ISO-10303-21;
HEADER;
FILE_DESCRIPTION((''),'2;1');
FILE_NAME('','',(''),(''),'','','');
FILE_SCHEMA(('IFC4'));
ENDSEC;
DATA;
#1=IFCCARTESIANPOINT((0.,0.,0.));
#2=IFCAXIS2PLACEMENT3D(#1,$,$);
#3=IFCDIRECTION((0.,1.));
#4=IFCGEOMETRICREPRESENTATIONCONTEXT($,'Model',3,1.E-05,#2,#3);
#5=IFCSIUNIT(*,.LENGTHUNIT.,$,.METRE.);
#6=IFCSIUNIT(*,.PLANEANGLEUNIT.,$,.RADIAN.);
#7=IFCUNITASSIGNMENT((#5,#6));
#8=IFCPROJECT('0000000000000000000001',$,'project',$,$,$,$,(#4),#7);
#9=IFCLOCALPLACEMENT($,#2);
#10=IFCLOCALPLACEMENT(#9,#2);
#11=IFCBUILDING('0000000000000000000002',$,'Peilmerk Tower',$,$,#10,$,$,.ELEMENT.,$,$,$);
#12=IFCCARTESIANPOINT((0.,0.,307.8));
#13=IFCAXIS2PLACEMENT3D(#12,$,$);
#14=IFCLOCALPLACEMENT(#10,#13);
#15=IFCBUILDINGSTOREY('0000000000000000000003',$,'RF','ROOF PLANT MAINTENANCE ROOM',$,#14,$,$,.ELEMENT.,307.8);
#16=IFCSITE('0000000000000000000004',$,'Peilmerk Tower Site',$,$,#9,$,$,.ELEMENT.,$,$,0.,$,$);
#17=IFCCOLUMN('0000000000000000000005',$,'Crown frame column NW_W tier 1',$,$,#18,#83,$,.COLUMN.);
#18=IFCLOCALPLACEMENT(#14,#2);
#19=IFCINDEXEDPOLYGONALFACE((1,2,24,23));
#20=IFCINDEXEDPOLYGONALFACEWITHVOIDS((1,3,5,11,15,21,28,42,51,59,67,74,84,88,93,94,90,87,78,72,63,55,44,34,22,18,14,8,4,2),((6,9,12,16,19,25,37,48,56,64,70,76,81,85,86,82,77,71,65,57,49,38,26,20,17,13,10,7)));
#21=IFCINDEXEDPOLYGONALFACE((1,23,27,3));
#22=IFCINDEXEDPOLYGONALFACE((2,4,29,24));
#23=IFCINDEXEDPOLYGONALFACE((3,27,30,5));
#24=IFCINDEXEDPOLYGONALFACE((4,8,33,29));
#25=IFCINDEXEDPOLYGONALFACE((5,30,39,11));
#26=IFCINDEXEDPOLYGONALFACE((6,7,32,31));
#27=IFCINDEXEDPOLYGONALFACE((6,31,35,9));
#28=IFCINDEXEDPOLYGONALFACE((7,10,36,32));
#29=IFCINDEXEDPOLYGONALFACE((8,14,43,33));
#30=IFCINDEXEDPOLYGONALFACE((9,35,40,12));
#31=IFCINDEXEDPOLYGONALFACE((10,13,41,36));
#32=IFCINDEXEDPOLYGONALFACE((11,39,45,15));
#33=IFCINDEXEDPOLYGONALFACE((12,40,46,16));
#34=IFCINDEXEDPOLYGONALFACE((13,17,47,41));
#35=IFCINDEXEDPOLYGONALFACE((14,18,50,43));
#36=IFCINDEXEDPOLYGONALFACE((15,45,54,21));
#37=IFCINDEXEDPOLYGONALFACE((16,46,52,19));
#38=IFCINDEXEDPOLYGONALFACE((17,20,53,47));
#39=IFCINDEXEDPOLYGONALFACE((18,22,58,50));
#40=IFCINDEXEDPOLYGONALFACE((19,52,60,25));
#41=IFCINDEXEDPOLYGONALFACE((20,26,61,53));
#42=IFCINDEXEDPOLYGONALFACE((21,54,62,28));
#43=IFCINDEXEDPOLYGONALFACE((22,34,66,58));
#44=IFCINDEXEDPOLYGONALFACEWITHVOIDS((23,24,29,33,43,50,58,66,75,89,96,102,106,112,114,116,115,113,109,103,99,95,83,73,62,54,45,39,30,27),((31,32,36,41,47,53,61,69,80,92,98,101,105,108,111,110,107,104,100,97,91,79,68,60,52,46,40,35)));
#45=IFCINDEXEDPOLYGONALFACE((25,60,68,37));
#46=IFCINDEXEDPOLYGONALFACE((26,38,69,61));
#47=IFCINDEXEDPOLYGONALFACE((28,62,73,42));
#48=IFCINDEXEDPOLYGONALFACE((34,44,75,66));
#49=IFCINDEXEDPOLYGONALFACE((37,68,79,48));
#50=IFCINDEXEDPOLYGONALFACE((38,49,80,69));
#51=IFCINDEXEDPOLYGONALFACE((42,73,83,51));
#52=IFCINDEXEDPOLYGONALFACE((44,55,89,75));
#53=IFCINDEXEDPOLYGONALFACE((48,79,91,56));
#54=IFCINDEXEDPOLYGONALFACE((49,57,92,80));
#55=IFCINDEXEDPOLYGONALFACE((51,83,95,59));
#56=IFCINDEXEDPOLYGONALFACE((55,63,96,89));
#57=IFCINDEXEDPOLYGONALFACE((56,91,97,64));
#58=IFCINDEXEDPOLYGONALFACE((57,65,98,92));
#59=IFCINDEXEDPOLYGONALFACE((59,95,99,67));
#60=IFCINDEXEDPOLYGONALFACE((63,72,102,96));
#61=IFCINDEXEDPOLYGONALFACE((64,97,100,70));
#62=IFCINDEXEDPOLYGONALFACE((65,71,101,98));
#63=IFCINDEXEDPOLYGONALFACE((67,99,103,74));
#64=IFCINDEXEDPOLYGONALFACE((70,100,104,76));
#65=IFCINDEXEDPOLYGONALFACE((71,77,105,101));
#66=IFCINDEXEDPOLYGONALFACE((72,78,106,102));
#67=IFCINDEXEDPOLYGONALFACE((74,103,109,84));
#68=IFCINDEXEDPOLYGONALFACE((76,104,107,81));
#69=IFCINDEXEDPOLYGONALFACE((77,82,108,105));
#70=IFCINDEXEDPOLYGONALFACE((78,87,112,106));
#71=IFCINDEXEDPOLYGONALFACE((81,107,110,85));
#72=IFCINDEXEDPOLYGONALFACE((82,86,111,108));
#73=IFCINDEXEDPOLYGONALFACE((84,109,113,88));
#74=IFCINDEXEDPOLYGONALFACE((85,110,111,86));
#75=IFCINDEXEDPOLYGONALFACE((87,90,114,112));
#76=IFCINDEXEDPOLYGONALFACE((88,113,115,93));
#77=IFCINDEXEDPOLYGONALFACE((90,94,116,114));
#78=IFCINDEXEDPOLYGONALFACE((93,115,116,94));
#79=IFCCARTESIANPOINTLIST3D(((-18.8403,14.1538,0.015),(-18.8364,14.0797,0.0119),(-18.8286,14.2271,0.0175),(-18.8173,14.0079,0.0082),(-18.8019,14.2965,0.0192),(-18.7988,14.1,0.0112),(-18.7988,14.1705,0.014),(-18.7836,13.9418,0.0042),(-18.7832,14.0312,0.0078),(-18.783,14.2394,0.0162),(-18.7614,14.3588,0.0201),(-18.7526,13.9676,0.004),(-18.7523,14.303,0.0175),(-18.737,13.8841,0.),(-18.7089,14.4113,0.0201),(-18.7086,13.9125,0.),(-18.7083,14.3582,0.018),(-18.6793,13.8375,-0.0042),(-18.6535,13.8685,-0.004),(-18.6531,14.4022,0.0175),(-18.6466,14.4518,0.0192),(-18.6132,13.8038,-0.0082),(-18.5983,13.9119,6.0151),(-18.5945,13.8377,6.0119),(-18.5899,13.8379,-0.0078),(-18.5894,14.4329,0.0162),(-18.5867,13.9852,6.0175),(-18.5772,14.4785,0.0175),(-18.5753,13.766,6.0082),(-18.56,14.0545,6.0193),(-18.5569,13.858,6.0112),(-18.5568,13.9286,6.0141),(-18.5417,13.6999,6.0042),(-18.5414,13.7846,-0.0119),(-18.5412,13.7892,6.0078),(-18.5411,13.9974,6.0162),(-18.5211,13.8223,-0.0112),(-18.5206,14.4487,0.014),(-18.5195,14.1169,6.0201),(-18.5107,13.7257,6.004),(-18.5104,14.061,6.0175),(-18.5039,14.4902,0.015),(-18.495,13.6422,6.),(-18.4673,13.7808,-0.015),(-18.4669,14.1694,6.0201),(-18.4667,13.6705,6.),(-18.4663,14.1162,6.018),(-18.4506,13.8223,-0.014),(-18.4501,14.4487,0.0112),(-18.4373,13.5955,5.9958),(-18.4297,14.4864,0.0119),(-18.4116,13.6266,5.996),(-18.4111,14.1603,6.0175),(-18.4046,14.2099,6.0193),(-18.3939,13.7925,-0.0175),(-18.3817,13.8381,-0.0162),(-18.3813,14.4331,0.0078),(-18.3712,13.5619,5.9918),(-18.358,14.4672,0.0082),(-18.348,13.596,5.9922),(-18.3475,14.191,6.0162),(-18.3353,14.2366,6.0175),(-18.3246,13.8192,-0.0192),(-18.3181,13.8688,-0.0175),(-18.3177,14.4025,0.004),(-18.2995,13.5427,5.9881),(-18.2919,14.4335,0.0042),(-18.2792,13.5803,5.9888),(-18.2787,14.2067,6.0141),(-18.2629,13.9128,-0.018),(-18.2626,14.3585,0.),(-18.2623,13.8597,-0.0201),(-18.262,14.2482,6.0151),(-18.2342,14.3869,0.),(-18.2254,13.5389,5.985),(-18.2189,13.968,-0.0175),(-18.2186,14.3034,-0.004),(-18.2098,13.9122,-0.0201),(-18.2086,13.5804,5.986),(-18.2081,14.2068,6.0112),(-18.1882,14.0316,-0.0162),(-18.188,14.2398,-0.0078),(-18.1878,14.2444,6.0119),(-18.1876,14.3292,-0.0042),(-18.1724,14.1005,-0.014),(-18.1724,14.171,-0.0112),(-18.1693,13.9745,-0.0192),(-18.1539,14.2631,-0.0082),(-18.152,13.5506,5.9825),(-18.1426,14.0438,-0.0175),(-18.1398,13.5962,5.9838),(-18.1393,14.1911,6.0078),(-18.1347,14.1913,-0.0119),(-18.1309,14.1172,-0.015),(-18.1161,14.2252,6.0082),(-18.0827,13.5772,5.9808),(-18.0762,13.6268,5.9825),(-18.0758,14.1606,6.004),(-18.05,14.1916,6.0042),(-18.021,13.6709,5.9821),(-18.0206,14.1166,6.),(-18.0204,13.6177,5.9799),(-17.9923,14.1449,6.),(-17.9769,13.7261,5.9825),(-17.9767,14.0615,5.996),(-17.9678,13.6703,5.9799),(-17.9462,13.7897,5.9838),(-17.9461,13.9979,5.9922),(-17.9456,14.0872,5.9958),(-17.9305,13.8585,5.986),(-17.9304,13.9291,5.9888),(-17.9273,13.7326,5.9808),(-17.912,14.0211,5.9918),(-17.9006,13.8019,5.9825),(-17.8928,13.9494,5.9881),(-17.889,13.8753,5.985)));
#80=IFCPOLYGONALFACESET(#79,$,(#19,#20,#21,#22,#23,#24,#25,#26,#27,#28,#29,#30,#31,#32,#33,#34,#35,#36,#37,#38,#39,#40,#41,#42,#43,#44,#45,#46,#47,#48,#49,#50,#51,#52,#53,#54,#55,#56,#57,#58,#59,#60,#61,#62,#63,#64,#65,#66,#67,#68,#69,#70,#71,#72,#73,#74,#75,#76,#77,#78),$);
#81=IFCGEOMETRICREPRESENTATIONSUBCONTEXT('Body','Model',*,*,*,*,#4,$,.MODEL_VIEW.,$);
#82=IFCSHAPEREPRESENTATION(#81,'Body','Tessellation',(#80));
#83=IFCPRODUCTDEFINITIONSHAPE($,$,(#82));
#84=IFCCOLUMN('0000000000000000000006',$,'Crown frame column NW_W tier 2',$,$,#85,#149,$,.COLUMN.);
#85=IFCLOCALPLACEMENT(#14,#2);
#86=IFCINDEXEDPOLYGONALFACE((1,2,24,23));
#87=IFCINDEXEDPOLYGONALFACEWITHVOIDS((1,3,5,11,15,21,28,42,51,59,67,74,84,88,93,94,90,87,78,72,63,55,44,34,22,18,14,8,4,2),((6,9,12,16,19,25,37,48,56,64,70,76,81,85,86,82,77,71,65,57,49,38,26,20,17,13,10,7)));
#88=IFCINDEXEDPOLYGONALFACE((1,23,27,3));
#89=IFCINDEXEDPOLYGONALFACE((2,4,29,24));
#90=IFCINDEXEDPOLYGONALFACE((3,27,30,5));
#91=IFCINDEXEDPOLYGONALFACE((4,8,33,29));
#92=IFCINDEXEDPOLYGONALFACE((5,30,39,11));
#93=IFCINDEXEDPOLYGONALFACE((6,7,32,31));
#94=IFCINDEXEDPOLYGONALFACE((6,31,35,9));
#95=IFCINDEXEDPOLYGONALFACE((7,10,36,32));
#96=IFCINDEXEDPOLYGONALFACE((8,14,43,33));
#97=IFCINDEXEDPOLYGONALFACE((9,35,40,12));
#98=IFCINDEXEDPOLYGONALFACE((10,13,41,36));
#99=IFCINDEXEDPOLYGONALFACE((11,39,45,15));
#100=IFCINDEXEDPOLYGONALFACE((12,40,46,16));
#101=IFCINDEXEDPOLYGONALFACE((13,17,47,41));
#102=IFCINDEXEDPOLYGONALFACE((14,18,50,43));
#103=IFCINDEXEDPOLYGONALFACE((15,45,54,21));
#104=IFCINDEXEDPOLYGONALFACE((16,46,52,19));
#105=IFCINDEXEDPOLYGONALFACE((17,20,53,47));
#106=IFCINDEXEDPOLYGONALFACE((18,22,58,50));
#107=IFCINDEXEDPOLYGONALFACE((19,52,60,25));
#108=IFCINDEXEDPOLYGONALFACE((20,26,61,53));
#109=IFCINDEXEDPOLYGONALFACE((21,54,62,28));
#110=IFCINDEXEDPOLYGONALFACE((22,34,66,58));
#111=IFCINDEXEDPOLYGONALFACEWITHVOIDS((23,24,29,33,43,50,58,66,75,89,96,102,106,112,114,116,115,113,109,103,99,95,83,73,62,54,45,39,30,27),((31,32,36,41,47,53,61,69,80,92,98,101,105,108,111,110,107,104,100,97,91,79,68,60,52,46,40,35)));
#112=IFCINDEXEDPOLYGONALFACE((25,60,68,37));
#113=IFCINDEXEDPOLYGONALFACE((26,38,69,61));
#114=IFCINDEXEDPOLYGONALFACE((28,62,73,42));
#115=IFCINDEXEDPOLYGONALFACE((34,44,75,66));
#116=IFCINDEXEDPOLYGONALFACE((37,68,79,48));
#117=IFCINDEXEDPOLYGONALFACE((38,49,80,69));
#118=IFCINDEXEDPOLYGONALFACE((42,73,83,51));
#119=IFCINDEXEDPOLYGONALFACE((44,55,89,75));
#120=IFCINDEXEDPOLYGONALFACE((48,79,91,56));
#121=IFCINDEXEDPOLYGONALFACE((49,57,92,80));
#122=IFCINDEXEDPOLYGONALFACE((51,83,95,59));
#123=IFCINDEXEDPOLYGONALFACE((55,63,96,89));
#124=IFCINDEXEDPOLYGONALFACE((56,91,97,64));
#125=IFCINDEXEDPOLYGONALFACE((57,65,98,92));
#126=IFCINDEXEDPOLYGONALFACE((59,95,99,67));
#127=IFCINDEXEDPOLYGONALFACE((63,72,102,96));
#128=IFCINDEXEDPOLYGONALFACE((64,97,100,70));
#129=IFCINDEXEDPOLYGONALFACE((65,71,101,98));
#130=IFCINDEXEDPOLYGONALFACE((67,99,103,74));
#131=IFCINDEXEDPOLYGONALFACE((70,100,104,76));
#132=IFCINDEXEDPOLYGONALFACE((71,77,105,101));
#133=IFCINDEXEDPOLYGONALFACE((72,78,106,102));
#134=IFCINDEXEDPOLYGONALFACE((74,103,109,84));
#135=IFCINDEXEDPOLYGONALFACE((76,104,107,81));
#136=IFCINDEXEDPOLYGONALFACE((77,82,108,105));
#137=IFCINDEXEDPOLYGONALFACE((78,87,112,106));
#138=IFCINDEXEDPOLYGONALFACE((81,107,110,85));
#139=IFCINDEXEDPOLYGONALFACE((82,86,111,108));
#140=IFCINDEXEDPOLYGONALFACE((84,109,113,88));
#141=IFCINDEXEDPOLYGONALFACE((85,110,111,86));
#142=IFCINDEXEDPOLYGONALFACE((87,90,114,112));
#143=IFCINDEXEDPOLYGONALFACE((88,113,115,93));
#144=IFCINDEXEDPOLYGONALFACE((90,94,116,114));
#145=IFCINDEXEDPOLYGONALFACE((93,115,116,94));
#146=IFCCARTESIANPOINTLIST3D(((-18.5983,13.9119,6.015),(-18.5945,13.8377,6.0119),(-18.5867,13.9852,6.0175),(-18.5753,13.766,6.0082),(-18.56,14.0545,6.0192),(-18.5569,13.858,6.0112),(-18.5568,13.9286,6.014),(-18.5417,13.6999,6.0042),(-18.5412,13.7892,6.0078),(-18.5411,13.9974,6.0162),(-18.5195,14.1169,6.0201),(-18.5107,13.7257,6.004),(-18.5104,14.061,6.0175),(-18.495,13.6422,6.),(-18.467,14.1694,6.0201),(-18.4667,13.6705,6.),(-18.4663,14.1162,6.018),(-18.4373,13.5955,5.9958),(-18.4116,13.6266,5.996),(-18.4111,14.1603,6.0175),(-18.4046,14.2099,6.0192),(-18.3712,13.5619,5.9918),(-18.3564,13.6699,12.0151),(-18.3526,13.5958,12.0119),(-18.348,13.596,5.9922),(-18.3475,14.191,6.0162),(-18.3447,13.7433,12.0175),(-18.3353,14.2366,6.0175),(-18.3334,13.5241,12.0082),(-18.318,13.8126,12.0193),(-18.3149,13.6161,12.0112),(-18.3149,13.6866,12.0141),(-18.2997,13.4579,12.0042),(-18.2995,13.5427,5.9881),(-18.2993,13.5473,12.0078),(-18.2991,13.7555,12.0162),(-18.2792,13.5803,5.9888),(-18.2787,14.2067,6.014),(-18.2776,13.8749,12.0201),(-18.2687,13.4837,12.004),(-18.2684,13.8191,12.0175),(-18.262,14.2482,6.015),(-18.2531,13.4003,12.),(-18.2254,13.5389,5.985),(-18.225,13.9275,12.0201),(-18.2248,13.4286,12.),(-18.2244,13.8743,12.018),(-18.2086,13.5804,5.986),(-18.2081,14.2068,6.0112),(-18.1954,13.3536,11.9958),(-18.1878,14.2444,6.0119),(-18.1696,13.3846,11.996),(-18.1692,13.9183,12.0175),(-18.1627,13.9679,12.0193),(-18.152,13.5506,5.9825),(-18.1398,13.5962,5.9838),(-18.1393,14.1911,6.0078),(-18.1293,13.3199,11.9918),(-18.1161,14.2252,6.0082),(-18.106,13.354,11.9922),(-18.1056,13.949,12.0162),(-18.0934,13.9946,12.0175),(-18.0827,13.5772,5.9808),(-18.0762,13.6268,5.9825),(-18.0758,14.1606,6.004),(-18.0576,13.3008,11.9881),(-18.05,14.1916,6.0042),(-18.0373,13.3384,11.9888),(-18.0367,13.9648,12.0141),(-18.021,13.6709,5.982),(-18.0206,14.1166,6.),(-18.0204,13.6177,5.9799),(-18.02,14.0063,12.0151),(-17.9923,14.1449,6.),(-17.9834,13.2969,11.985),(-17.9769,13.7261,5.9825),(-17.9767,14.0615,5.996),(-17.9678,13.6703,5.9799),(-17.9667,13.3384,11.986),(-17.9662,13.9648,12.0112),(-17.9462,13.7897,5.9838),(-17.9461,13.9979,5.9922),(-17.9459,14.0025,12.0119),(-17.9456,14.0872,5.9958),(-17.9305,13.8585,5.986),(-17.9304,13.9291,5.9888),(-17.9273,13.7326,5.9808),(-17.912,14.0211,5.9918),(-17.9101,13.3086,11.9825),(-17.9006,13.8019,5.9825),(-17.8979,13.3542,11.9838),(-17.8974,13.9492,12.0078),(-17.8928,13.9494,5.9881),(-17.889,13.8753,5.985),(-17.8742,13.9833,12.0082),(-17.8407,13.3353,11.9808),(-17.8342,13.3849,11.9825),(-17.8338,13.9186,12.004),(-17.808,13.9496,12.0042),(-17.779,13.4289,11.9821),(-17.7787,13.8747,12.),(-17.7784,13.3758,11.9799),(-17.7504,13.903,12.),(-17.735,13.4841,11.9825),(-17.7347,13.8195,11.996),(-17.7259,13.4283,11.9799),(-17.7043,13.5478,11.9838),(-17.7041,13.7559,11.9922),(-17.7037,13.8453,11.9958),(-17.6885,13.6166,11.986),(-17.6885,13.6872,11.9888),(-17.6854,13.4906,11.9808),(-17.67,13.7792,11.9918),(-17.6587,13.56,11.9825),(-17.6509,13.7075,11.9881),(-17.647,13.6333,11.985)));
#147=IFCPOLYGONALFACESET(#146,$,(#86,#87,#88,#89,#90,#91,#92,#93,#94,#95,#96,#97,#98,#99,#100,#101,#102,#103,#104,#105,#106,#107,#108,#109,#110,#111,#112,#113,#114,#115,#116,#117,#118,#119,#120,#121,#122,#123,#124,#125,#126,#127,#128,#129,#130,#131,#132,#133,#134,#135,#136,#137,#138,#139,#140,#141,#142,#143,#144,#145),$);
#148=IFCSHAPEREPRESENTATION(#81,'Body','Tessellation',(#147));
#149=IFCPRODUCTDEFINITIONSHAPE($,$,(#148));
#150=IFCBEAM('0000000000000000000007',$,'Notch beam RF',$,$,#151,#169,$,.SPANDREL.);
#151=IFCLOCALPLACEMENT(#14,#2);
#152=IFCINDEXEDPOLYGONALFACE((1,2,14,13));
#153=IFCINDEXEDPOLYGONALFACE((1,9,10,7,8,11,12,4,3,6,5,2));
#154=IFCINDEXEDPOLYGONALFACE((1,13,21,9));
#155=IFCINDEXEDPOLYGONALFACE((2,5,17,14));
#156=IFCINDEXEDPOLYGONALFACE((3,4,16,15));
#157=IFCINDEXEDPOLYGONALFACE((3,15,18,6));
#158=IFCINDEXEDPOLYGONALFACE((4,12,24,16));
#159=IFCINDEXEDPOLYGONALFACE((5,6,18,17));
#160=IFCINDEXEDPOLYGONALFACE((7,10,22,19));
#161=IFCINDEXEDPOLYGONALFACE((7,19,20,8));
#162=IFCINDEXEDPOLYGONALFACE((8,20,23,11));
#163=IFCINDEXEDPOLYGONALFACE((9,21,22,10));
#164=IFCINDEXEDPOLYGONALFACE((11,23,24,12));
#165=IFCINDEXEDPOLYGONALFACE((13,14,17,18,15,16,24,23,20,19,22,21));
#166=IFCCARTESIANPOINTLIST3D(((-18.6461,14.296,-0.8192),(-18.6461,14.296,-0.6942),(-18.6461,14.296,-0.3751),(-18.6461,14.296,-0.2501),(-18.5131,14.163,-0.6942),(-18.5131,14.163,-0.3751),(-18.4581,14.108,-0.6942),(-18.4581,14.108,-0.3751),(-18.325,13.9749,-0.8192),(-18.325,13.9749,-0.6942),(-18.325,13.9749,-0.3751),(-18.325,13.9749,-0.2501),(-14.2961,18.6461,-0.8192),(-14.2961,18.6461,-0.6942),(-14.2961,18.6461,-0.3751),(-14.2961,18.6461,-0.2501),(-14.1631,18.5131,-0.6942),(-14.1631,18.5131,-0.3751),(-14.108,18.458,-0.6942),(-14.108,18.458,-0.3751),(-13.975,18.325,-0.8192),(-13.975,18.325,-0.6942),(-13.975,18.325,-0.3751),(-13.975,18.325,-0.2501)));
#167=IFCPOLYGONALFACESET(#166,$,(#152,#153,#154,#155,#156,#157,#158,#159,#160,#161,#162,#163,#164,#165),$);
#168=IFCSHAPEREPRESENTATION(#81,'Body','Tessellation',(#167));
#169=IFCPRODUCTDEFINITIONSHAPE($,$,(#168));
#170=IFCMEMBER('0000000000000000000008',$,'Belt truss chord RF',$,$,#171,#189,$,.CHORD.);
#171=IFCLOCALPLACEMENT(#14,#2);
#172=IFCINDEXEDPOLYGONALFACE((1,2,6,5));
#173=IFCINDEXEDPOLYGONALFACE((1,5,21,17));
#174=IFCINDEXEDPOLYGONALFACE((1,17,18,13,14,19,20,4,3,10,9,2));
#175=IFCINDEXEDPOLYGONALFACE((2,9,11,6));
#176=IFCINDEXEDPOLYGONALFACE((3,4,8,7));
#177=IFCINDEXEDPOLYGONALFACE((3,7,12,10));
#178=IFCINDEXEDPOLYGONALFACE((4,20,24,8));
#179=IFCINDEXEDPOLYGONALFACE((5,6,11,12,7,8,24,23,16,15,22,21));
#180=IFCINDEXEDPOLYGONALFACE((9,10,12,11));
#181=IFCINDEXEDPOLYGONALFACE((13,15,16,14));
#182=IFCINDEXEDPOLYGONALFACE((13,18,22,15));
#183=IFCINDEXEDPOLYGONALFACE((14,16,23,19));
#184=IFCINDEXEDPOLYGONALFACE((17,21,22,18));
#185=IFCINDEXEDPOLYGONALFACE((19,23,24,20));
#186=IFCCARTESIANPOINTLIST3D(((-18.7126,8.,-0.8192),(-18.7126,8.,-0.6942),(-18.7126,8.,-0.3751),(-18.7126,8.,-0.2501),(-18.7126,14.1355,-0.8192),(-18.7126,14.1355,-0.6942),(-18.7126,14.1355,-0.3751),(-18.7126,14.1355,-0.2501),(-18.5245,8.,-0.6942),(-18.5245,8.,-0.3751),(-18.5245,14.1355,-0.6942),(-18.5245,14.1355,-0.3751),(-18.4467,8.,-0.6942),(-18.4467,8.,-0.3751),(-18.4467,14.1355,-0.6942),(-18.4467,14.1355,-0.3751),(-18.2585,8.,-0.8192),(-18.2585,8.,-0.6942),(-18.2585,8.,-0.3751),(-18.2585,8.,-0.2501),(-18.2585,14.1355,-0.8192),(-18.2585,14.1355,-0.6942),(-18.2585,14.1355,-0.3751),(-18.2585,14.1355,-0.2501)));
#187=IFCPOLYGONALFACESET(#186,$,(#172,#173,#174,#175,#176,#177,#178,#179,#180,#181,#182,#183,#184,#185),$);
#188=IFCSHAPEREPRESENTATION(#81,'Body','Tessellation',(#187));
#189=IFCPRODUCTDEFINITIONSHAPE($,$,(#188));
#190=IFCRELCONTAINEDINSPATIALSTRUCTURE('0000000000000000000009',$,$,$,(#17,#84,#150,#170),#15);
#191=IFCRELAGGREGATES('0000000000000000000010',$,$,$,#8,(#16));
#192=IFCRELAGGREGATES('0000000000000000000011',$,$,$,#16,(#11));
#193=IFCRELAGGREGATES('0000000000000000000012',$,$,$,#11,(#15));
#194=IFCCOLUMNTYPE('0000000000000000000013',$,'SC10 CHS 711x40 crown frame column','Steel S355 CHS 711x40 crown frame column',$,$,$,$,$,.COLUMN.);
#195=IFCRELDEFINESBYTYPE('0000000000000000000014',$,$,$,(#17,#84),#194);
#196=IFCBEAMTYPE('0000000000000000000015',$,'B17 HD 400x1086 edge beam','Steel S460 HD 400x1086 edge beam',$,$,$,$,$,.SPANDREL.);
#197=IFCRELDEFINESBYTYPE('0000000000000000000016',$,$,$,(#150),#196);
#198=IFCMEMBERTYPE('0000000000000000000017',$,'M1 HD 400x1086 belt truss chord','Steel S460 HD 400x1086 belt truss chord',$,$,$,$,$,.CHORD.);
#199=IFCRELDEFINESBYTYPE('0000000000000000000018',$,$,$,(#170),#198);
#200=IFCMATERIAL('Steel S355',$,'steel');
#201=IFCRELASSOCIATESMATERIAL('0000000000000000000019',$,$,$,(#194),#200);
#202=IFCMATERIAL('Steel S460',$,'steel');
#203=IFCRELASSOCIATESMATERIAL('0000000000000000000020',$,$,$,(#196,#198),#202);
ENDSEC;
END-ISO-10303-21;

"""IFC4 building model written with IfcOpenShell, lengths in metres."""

from ifc_helpers import new_model, si_unit, direction, frame, origin, origin_2d, place, context, subcontext, project, spatial, hollow_circle, i_section, extrude, material, material_profile, profile_set, type_object, element, save


model = new_model("IFC4")

# Units and contexts
model_context = context("Model", 3, precision=1e-05, world=origin(), true_north=direction((0.0, 1.0)))
body_context = subcontext(model_context, "Body", "Model", "MODEL_VIEW")
ifc_project = project(units=[si_unit("LENGTHUNIT", "METRE"), si_unit("PLANEANGLEUNIT", "RADIAN")], contexts=[model_context])

# Site, building, storey
site_placement = place(None, origin())
site = spatial("IfcSite", under=ifc_project, at=site_placement, Name="Peilmerk Tower Site", CompositionType="ELEMENT", RefElevation=0.0)
building_placement = place(site_placement, origin())
building = spatial("IfcBuilding", under=site, at=building_placement, Name="Peilmerk Tower", CompositionType="ELEMENT")
storey_placement = place(building_placement, frame((0.0, 0.0, 307.8)))
storey = spatial("IfcBuildingStorey", under=building, at=storey_placement, Name="RF", Description="ROOF PLANT MAINTENANCE ROOM", CompositionType="ELEMENT", Elevation=307.8)

# Columns
ifc_material_1 = material(Name="Steel S355", Category="steel")
ifc_material_profile_1 = material_profile(ifc_material_1, hollow_circle(Radius=0.3555, WallThickness=0.04, at=origin_2d()), Name="CHS 711x40")
ifc_profile_set_1 = profile_set([ifc_material_profile_1], Name="Steel S355")
column_type = type_object("IfcColumnType", Name="SC10 CHS 711x40 crown frame column", Description="Steel S355 CHS 711x40 crown frame column", PredefinedType="COLUMN", material=ifc_profile_set_1)
for number, where, z_axis, x_axis, name in (
    (1, (-18.4856, 14.1355, 0.0), (0.040258, -0.040258, 0.998378), (0.707107, 0.707107, 0.0), "Crown frame column NW_W tier 1"),
    (2, (-18.2437, 13.8936, 6.0), (0.040258, -0.040258, 0.998378), (0.707107, 0.707107, 0.0), "Crown frame column NW_W tier 2"),
):
    element("IfcColumn", number, at=place(storey_placement, frame(where, z_axis=z_axis, x_axis=x_axis)), inside=storey, type_object=column_type, Name=name, PredefinedType="COLUMN", context=body_context, shape_type="SweptSolid", body=[
        extrude(hollow_circle(Radius=0.3555, WallThickness=0.04, at=origin_2d()), origin(), (0.0, 0.0, 1.0), 6.0098),
    ])

# Beam
ifc_material_2 = material(Name="Steel S460", Category="steel")
ifc_material_profile_2 = material_profile(ifc_material_2, i_section(OverallWidth=0.4541, OverallDepth=0.5691, WebThickness=0.0779, FlangeThickness=0.125, at=origin_2d()), Name="HD 400x1086")
ifc_profile_set_2 = profile_set([ifc_material_profile_2], Name="Steel S460")
beam_type = type_object("IfcBeamType", Name="B17 HD 400x1086 edge beam", Description="Steel S460 HD 400x1086 edge beam", PredefinedType="SPANDREL", material=ifc_profile_set_2)
beam_placement = place(storey_placement, frame((-18.4856, 14.1355, -0.5347), z_axis=(0.707107, 0.707107, 0.0), x_axis=(-0.707107, 0.707107, 0.0)))
element("IfcBeam", 3, at=beam_placement, inside=storey, type_object=beam_type, Name="Notch beam RF", PredefinedType="SPANDREL", context=body_context, shape_type="SweptSolid", body=[
    extrude(i_section(OverallWidth=0.4541, OverallDepth=0.5691, WebThickness=0.0779, FlangeThickness=0.125, at=origin_2d()), origin(), (0.0, 0.0, 1.0), 6.1519),
])

# Member
ifc_material_profile_3 = material_profile(ifc_material_2, i_section(OverallWidth=0.4541, OverallDepth=0.5691, WebThickness=0.0779, FlangeThickness=0.125, at=origin_2d()), Name="HD 400x1086")
ifc_profile_set_3 = profile_set([ifc_material_profile_3], Name="Steel S460")
member_type_1 = type_object("IfcMemberType", Name="M1 HD 400x1086 belt truss chord", Description="Steel S460 HD 400x1086 belt truss chord", PredefinedType="CHORD", material=ifc_profile_set_3)
member_1_placement = place(storey_placement, frame((-18.4856, 14.1355, -0.5347), z_axis=(0.0, -1.0, 0.0), x_axis=(1.0, 0.0, 0.0)))
element("IfcMember", 4, at=member_1_placement, inside=storey, type_object=member_type_1, Name="Belt truss chord RF", PredefinedType="CHORD", context=body_context, shape_type="SweptSolid", body=[
    extrude(i_section(OverallWidth=0.4541, OverallDepth=0.5691, WebThickness=0.0779, FlangeThickness=0.125, at=origin_2d()), origin(), (0.0, 0.0, 1.0), 6.1355),
])

save(model, "model.ifc")
